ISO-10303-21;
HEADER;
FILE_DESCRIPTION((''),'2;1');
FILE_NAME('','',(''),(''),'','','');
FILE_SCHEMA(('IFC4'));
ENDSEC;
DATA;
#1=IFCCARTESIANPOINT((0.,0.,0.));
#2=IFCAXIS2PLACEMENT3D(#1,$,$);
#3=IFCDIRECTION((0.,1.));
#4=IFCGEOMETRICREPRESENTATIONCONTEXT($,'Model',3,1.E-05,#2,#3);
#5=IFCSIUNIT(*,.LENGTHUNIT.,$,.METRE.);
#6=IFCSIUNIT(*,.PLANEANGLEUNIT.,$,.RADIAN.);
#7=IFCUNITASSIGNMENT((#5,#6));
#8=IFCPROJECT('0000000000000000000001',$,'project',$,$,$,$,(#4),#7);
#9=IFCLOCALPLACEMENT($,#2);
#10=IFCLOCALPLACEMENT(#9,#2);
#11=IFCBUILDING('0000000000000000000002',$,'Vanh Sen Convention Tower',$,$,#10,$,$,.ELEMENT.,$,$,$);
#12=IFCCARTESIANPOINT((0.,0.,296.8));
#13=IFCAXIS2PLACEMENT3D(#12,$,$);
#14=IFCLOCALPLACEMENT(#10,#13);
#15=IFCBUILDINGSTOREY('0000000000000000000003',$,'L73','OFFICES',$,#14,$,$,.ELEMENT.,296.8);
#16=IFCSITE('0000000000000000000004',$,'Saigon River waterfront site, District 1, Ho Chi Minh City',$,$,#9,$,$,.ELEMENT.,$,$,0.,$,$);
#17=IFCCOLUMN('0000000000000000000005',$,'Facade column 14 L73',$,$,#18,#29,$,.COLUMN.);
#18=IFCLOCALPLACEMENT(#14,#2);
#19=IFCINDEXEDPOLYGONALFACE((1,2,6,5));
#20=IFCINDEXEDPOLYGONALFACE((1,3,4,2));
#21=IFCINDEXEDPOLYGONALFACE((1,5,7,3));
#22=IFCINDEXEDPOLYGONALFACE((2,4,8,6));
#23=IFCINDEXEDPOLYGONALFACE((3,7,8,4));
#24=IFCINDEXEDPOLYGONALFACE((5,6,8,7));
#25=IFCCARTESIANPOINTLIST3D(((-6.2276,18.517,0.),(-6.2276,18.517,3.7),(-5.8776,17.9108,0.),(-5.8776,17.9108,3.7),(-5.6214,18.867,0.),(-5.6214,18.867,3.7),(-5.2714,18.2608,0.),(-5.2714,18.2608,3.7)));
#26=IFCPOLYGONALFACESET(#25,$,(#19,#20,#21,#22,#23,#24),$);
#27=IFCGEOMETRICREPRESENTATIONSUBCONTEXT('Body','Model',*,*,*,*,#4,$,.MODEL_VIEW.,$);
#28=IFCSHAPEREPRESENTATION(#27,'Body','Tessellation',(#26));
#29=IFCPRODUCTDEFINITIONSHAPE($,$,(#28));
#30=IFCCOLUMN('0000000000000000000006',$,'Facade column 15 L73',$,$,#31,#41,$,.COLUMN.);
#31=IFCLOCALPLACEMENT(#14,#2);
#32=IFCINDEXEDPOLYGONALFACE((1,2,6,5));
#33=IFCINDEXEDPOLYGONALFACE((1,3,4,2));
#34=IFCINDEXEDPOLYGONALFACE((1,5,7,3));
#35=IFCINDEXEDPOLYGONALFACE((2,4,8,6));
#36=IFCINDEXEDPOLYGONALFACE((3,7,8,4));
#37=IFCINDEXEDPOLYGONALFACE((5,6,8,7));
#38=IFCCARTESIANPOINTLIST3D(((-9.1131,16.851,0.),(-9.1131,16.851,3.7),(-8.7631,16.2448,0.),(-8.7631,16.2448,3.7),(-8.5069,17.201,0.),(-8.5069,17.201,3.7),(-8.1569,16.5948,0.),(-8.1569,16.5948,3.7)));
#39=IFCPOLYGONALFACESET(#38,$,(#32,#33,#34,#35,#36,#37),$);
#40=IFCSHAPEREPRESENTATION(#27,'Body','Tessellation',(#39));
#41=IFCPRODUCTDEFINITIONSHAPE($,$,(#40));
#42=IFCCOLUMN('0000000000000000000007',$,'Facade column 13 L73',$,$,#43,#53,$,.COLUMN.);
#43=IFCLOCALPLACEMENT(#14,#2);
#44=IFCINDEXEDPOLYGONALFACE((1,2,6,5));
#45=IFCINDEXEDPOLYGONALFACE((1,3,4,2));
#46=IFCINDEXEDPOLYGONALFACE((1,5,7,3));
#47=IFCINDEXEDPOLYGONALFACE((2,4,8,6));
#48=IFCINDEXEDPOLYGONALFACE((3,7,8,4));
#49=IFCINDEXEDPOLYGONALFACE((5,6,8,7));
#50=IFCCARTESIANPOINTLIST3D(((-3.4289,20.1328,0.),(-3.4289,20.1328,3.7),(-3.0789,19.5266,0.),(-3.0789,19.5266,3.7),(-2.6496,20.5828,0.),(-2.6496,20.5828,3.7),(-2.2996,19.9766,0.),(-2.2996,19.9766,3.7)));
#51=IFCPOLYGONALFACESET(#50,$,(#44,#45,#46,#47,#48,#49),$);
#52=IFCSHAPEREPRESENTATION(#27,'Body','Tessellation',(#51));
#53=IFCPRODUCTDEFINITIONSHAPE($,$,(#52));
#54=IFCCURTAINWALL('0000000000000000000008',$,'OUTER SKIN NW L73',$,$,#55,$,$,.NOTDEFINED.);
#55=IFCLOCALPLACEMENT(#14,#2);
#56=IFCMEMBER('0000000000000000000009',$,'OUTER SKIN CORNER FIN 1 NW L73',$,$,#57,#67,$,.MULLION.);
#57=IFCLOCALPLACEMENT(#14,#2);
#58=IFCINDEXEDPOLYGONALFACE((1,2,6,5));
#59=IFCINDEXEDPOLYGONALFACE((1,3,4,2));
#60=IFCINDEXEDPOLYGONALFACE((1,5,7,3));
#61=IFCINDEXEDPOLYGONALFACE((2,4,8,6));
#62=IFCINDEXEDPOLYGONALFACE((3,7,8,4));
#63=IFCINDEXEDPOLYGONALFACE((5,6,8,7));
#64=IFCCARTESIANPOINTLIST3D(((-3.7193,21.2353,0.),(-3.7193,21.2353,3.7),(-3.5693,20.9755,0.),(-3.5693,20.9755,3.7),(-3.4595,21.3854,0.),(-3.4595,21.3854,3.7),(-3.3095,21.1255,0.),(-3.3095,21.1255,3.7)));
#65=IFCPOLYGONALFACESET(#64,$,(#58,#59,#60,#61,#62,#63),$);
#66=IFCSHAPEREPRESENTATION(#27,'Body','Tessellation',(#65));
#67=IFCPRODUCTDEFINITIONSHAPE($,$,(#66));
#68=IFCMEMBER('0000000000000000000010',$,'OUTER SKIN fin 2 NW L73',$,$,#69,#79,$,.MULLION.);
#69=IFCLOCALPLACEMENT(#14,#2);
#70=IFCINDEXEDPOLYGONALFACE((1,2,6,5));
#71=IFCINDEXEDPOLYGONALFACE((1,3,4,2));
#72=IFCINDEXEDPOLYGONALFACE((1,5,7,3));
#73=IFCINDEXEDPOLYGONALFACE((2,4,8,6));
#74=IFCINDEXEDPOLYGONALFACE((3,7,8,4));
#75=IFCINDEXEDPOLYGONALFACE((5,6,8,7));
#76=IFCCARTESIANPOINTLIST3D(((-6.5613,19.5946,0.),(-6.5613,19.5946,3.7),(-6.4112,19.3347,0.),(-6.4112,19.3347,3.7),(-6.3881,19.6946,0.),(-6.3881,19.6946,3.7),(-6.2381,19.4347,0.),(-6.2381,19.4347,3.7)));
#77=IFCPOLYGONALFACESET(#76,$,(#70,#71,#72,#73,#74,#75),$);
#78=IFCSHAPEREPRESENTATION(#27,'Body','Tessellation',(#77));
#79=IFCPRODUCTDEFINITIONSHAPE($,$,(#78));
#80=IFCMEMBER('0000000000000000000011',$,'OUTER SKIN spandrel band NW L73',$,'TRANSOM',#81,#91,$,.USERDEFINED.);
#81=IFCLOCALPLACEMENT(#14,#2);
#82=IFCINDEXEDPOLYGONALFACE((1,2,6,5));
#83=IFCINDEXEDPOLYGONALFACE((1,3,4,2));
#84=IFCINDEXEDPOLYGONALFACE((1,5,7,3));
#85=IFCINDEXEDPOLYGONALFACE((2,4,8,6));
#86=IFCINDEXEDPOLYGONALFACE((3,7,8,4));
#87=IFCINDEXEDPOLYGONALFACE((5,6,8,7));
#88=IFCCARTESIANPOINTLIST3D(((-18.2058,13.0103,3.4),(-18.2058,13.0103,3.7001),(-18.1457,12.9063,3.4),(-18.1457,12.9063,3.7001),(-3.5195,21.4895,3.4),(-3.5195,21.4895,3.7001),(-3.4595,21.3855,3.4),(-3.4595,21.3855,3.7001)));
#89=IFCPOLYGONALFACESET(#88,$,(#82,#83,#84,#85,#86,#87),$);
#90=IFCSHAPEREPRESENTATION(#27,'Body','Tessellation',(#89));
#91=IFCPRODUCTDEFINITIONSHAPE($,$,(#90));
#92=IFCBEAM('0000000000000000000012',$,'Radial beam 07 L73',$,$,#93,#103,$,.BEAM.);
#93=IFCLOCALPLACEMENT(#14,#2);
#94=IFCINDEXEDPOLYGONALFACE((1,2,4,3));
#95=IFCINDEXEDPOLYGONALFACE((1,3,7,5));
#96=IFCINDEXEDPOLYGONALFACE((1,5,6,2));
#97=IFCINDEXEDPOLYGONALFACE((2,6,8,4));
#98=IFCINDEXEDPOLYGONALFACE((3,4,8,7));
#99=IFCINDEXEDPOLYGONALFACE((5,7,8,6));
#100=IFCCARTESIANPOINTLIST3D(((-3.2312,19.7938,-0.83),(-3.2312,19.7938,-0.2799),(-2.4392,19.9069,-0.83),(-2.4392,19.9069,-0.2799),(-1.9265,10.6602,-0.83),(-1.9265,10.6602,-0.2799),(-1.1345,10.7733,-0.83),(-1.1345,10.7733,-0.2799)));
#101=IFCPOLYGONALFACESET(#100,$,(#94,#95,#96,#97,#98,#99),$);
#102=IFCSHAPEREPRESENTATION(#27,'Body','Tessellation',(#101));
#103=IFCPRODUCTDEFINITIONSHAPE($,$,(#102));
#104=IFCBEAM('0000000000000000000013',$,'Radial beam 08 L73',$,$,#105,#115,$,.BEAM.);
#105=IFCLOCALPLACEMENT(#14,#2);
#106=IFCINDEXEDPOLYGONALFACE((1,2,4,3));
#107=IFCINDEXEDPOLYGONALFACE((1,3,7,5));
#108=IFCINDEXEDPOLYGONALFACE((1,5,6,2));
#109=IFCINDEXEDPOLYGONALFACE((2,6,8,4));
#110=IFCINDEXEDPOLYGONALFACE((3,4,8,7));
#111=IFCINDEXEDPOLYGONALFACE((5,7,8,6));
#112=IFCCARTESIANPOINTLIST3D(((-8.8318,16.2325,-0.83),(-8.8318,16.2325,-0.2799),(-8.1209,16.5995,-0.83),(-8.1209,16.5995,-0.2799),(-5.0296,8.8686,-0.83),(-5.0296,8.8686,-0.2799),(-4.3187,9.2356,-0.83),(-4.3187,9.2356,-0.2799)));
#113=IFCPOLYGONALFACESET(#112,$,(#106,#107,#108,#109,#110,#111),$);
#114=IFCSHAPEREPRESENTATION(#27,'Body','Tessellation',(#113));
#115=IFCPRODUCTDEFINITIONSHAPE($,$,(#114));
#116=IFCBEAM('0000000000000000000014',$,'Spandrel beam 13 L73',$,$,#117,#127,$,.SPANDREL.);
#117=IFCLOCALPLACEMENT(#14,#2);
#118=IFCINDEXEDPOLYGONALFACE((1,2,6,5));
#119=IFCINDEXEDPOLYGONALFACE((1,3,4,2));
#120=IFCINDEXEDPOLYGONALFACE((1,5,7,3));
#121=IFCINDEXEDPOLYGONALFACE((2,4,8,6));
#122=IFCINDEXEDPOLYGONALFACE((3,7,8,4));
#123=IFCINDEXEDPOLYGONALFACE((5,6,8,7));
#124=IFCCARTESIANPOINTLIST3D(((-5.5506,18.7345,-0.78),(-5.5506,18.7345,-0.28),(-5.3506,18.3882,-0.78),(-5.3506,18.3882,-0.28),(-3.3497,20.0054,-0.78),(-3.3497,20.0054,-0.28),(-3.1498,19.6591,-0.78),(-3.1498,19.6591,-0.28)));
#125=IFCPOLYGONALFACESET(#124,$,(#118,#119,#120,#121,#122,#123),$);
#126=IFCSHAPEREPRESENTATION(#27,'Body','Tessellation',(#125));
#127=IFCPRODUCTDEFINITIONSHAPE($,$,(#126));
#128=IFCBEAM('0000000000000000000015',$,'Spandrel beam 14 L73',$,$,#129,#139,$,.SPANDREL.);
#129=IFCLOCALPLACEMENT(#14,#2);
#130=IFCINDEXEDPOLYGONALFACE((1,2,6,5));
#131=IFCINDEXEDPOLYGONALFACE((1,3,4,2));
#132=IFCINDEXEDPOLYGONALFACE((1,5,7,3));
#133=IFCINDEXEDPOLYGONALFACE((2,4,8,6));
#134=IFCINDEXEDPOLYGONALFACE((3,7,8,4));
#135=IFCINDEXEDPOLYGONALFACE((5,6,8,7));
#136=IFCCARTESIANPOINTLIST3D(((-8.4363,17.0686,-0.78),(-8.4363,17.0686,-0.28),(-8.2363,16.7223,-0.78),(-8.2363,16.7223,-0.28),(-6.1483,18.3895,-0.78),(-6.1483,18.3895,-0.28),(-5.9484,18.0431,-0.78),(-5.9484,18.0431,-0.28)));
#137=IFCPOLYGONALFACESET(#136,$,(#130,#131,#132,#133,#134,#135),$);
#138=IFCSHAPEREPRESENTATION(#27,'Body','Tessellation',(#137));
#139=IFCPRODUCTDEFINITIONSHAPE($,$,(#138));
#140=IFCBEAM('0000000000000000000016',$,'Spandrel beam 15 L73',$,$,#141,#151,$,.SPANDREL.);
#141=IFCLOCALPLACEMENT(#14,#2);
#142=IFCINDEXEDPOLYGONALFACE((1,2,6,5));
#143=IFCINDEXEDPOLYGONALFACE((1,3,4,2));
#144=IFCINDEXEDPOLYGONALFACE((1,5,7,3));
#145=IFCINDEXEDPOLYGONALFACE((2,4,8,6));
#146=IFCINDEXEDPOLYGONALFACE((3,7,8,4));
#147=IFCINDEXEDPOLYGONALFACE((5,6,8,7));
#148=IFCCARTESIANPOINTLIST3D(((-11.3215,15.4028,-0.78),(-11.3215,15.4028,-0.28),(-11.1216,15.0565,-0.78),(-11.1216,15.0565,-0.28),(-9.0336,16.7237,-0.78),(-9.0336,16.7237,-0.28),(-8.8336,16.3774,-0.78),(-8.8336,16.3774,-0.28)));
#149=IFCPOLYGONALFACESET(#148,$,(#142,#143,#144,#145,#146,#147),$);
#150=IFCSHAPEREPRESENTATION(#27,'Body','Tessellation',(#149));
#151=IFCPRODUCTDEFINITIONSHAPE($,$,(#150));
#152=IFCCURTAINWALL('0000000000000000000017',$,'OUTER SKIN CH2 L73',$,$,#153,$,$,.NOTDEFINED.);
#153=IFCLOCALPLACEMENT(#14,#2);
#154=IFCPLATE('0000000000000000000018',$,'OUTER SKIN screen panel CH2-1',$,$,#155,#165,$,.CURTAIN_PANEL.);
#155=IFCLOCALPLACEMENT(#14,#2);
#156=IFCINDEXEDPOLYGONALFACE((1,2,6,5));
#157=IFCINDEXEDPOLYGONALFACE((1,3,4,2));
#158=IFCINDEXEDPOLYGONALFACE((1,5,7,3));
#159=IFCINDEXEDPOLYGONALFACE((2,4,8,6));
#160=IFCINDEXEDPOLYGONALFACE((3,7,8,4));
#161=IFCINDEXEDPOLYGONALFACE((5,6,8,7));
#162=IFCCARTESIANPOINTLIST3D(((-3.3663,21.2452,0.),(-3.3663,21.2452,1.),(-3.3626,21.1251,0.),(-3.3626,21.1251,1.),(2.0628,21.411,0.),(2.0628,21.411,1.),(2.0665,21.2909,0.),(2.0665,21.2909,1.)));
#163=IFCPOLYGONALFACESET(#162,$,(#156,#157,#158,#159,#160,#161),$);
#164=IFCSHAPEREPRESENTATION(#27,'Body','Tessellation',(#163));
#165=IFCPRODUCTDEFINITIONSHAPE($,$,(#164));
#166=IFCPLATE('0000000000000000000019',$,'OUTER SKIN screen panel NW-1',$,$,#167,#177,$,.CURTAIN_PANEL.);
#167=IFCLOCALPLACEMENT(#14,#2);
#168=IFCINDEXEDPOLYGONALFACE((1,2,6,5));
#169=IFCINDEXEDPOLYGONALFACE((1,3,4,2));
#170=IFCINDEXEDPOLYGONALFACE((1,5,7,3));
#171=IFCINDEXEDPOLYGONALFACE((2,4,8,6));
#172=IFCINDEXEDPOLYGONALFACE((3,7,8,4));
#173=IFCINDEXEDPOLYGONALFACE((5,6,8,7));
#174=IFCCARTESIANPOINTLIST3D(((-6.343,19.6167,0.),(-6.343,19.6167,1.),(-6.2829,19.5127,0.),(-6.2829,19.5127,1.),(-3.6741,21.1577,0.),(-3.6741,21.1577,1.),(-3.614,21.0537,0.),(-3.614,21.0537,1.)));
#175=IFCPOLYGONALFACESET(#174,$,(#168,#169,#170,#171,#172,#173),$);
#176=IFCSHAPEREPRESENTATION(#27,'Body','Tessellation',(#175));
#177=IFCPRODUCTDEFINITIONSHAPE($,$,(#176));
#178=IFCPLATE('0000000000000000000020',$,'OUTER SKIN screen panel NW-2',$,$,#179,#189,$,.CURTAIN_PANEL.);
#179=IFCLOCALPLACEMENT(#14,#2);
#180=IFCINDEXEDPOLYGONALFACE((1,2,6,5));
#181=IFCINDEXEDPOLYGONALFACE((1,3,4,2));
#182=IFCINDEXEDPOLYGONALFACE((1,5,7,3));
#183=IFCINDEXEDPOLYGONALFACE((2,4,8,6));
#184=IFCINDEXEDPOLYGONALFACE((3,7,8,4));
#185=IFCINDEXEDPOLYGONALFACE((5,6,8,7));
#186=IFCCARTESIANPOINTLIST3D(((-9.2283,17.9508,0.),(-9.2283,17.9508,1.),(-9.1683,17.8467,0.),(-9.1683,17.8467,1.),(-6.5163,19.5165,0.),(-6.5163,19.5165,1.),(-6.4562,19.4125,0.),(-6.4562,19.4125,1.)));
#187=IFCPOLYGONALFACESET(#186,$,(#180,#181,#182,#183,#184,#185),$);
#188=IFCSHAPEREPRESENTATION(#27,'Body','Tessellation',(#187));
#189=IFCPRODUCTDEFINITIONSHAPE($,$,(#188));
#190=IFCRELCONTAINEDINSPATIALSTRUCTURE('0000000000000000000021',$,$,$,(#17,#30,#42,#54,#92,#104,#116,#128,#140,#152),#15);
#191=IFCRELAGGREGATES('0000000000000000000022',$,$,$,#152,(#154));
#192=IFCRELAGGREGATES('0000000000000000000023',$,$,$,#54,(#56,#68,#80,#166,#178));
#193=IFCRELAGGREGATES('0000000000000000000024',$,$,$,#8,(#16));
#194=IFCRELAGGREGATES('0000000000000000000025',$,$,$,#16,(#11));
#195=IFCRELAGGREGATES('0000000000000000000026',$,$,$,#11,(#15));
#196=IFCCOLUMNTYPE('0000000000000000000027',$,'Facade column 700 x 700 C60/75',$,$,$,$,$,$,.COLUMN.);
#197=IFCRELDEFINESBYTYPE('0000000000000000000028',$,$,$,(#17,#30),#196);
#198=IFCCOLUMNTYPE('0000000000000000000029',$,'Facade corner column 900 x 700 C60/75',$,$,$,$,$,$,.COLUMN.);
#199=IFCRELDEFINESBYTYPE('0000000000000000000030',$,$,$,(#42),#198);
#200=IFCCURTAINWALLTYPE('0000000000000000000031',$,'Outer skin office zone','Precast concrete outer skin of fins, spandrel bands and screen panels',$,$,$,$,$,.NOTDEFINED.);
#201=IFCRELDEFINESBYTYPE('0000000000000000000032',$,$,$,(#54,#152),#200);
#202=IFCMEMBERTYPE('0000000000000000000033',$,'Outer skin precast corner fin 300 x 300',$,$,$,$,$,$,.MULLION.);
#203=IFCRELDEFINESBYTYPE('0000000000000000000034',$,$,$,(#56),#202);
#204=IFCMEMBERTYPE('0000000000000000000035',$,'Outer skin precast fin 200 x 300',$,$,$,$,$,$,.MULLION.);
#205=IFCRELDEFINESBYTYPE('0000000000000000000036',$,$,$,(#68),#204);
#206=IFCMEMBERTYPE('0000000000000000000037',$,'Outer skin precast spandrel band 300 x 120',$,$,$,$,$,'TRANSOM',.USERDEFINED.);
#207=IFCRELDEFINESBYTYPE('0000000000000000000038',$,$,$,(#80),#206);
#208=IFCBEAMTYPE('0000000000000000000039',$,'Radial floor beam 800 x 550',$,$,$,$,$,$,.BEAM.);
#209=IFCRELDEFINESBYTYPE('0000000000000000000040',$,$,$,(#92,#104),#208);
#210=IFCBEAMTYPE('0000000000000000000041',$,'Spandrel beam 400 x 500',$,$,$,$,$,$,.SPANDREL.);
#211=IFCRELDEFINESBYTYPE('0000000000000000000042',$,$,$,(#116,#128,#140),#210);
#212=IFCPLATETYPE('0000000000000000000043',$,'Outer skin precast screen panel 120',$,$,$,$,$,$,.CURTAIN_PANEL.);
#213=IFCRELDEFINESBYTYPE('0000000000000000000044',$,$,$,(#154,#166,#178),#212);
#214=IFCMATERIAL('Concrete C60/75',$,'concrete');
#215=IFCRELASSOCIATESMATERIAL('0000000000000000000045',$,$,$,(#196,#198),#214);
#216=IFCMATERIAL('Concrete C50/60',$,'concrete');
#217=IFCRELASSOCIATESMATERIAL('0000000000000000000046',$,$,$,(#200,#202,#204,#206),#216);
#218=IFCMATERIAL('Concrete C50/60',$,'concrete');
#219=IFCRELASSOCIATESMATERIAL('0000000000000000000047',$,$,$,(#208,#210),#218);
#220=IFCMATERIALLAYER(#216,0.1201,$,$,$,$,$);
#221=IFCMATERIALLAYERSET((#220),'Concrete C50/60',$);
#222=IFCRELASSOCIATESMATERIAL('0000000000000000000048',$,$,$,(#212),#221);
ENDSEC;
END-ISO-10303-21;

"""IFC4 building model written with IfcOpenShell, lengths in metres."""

from ifc_helpers import new_model, si_unit, direction, frame, origin, origin_2d, place, context, subcontext, project, spatial, rectangle, extrude, material, layer, layer_set, material_profile, profile_set, type_object, element, aggregate, save


model = new_model("IFC4")

# Units and contexts
model_context = context("Model", 3, precision=1e-05, world=origin(), true_north=direction((0.0, 1.0)))
body_context = subcontext(model_context, "Body", "Model", "MODEL_VIEW")
ifc_project = project(units=[si_unit("LENGTHUNIT", "METRE"), si_unit("PLANEANGLEUNIT", "RADIAN")], contexts=[model_context])

# Site, building, storey
site_placement = place(None, origin())
site = spatial("IfcSite", under=ifc_project, at=site_placement, Name="Saigon River waterfront site, District 1, Ho Chi Minh City", CompositionType="ELEMENT", RefElevation=0.0)
building_placement = place(site_placement, origin())
building = spatial("IfcBuilding", under=site, at=building_placement, Name="Vanh Sen Convention Tower", CompositionType="ELEMENT")
storey_placement = place(building_placement, frame((0.0, 0.0, 296.8)))
storey = spatial("IfcBuildingStorey", under=building, at=storey_placement, Name="L73", Description="OFFICES", CompositionType="ELEMENT", Elevation=296.8)

# Columns
ifc_material_1 = material(Name="Concrete C60/75", Category="concrete")
ifc_material_profile_1 = material_profile(ifc_material_1, rectangle(XDim=0.7, YDim=0.7, at=origin_2d()), Name="RC 700X700")
ifc_profile_set_1 = profile_set([ifc_material_profile_1], Name="Concrete C60/75")
column_type_1 = type_object("IfcColumnType", Name="Facade column 700 x 700 C60/75", PredefinedType="COLUMN", material=ifc_profile_set_1)
for number, where, z_axis, x_axis, name in (
    (1, (-5.7495, 18.3889, 0.0), (0.0, 0.0, 1.0), (-0.866025, -0.5, 0.0), "Facade column 14 L73"),
    (2, (-8.635, 16.7229, 0.0), (0.0, 0.0, 1.0), (-0.866025, -0.5, 0.0), "Facade column 15 L73"),
):
    element("IfcColumn", number, at=place(storey_placement, frame(where, z_axis=z_axis, x_axis=x_axis)), inside=storey, type_object=column_type_1, Name=name, PredefinedType="COLUMN", context=body_context, shape_type="SweptSolid", body=[
        extrude(rectangle(XDim=0.7, YDim=0.7, at=origin_2d()), origin(), (0.0, 0.0, 1.0), 3.7),
    ])
ifc_material_profile_2 = material_profile(ifc_material_1, rectangle(XDim=0.8999, YDim=0.7, at=origin_2d()), Name="RC 900X700")
ifc_profile_set_2 = profile_set([ifc_material_profile_2], Name="Concrete C60/75")
column_type_2 = type_object("IfcColumnType", Name="Facade corner column 900 x 700 C60/75", PredefinedType="COLUMN", material=ifc_profile_set_2)
column_placement = place(storey_placement, frame((-2.8643, 20.0547, 0.0), z_axis=(0.0, 0.0, 1.0), x_axis=(-0.866025, -0.5, 0.0)))
element("IfcColumn", 3, at=column_placement, inside=storey, type_object=column_type_2, Name="Facade column 13 L73", PredefinedType="COLUMN", context=body_context, shape_type="SweptSolid", body=[
    extrude(rectangle(XDim=0.8999, YDim=0.7, at=origin_2d()), origin(), (0.0, 0.0, 1.0), 3.7),
])

# Curtain wall, members
ifc_material_2 = material(Name="Concrete C50/60", Category="concrete")
curtain_wall_type = type_object("IfcCurtainWallType", Name="Outer skin office zone", Description="Precast concrete outer skin of fins, spandrel bands and screen panels", PredefinedType="NOTDEFINED", material=ifc_material_2)
curtain_wall_1_placement = place(storey_placement, origin())
curtain_wall_1 = element("IfcCurtainWall", 4, at=curtain_wall_1_placement, inside=storey, type_object=curtain_wall_type, Name="OUTER SKIN NW L73", PredefinedType="NOTDEFINED")
ifc_material_profile_3 = material_profile(ifc_material_2, rectangle(XDim=0.3, YDim=0.3, at=origin_2d()), Name="Outer skin precast corner fin 300 x 300")
ifc_profile_set_3 = profile_set([ifc_material_profile_3], Name="Concrete C50/60")
member_type_1 = type_object("IfcMemberType", Name="Outer skin precast corner fin 300 x 300", PredefinedType="MULLION", material=ifc_profile_set_3)
member_1_placement = place(storey_placement, frame((-3.5144, 21.1804, 0.0), z_axis=(0.0, 0.0, 1.0), x_axis=(-0.866025, -0.5, 0.0)))
member_1 = element("IfcMember", 5, at=member_1_placement, type_object=member_type_1, Name="OUTER SKIN CORNER FIN 1 NW L73", PredefinedType="MULLION", context=body_context, shape_type="SweptSolid", body=[
    extrude(rectangle(XDim=0.3, YDim=0.3, at=origin_2d()), origin(), (0.0, 0.0, 1.0), 3.7),
])
ifc_material_profile_4 = material_profile(ifc_material_2, rectangle(XDim=0.2, YDim=0.3, at=origin_2d()), Name="Outer skin precast fin 200 x 300")
ifc_profile_set_4 = profile_set([ifc_material_profile_4], Name="Concrete C50/60")
member_type_2 = type_object("IfcMemberType", Name="Outer skin precast fin 200 x 300", PredefinedType="MULLION", material=ifc_profile_set_4)
member_2_placement = place(storey_placement, frame((-6.3997, 19.5146, 0.0), z_axis=(0.0, 0.0, 1.0), x_axis=(-0.866025, -0.5, 0.0)))
member_2 = element("IfcMember", 6, at=member_2_placement, type_object=member_type_2, Name="OUTER SKIN fin 2 NW L73", PredefinedType="MULLION", context=body_context, shape_type="SweptSolid", body=[
    extrude(rectangle(XDim=0.2, YDim=0.3, at=origin_2d()), origin(), (0.0, 0.0, 1.0), 3.7),
])
ifc_material_profile_5 = material_profile(ifc_material_2, rectangle(XDim=0.1201, YDim=0.3, at=origin_2d()), Name="Outer skin precast spandrel band 300 x 120")
ifc_profile_set_5 = profile_set([ifc_material_profile_5], Name="Concrete C50/60")
member_type_3 = type_object("IfcMemberType", Name="Outer skin precast spandrel band 300 x 120", ElementType="TRANSOM", PredefinedType="USERDEFINED", material=ifc_profile_set_5)
member_3_placement = place(storey_placement, frame((-3.4895, 21.4375, 3.55), z_axis=(-0.866022, -0.500005, 0.0), x_axis=(0.500005, -0.866022, 0.0)))
member_3 = element("IfcMember", 7, at=member_3_placement, type_object=member_type_3, Name="OUTER SKIN spandrel band NW L73", ObjectType="TRANSOM", PredefinedType="USERDEFINED", context=body_context, shape_type="SweptSolid", body=[
    extrude(rectangle(XDim=0.1201, YDim=0.3, at=origin_2d()), origin(), (0.0, 0.0, 1.0), 16.9583),
])

# Beams
ifc_material_3 = material(Name="Concrete C50/60", Category="concrete")
ifc_material_profile_6 = material_profile(ifc_material_3, rectangle(XDim=0.8, YDim=0.55, at=origin_2d()), Name="RC 800X550")
ifc_profile_set_6 = profile_set([ifc_material_profile_6], Name="Concrete C50/60")
beam_type_1 = type_object("IfcBeamType", Name="Radial floor beam 800 x 550", PredefinedType="BEAM", material=ifc_profile_set_6)
beam_1_placement = place(storey_placement, frame((-2.8352, 19.8503, -0.5549), z_axis=(0.14141, -0.989951, 0.0), x_axis=(0.989951, 0.14141, 0.0)))
element("IfcBeam", 8, at=beam_1_placement, inside=storey, type_object=beam_type_1, Name="Radial beam 07 L73", PredefinedType="BEAM", context=body_context, shape_type="SweptSolid", body=[
    extrude(rectangle(XDim=0.8, YDim=0.55, at=origin_2d()), origin(), (0.0, 0.0, 1.0), 9.2263),
])
beam_2_placement = place(storey_placement, frame((-8.4763, 16.416, -0.5549), z_axis=(0.458782, -0.888549, 0.0), x_axis=(0.888549, 0.458782, 0.0)))
element("IfcBeam", 9, at=beam_2_placement, inside=storey, type_object=beam_type_1, Name="Radial beam 08 L73", PredefinedType="BEAM", context=body_context, shape_type="SweptSolid", body=[
    extrude(rectangle(XDim=0.8, YDim=0.55, at=origin_2d()), origin(), (0.0, 0.0, 1.0), 8.2876),
])
ifc_material_profile_7 = material_profile(ifc_material_3, rectangle(XDim=0.3999, YDim=0.5, at=origin_2d()), Name="RC 400X500")
ifc_profile_set_7 = profile_set([ifc_material_profile_7], Name="Concrete C50/60")
beam_type_2 = type_object("IfcBeamType", Name="Spandrel beam 400 x 500", PredefinedType="SPANDREL", material=ifc_profile_set_7)
beam_3_placement = place(storey_placement, frame((-3.2498, 19.8323, -0.53), z_axis=(-0.865976, -0.500086, 0.0), x_axis=(0.500086, -0.865976, 0.0)))
element("IfcBeam", 10, at=beam_3_placement, inside=storey, type_object=beam_type_2, Name="Spandrel beam 13 L73", PredefinedType="SPANDREL", context=body_context, shape_type="SweptSolid", body=[
    extrude(rectangle(XDim=0.3999, YDim=0.5, at=origin_2d()), origin(), (0.0, 0.0, 1.0), 2.5415),
])
for number, where, z_axis, x_axis, name in (
    (11, (-6.0483, 18.2163, -0.53), (-0.866039, -0.499976, 0.0), (0.499976, -0.866039, 0.0), "Spandrel beam 14 L73"),
    (12, (-8.9336, 16.5505, -0.53), (-0.866039, -0.499976, 0.0), (0.499976, -0.866039, 0.0), "Spandrel beam 15 L73"),
):
    element("IfcBeam", number, at=place(storey_placement, frame(where, z_axis=z_axis, x_axis=x_axis)), inside=storey, type_object=beam_type_2, Name=name, PredefinedType="SPANDREL", context=body_context, shape_type="SweptSolid", body=[
        extrude(rectangle(XDim=0.3999, YDim=0.5, at=origin_2d()), origin(), (0.0, 0.0, 1.0), 2.6418),
    ])

# Curtain wall, plate
curtain_wall_2_placement = place(storey_placement, origin())
curtain_wall_2 = element("IfcCurtainWall", 13, at=curtain_wall_2_placement, inside=storey, type_object=curtain_wall_type, Name="OUTER SKIN CH2 L73", PredefinedType="NOTDEFINED")
ifc_layer_1 = layer(ifc_material_2, 0.1201)
ifc_layer_set_1 = layer_set([ifc_layer_1], Name="Concrete C50/60")
plate_type = type_object("IfcPlateType", Name="Outer skin precast screen panel 120", PredefinedType="CURTAIN_PANEL", material=ifc_layer_set_1)
plate_1_placement = place(storey_placement, frame((-0.6499, 21.2681, 0.0), z_axis=(0.0, 0.0, 1.0), x_axis=(-0.999534, -0.030528, 0.0)))
plate_1 = element("IfcPlate", 14, at=plate_1_placement, type_object=plate_type, Name="OUTER SKIN screen panel CH2-1", PredefinedType="CURTAIN_PANEL", context=body_context, shape_type="SweptSolid", body=[
    extrude(rectangle(XDim=5.4316, YDim=0.1201, at=origin_2d()), origin(), (0.0, 0.0, 1.0), 1.0),
])
aggregate(curtain_wall_2, [plate_1])

# Plates
plate_2_placement = place(storey_placement, frame((-4.9785, 20.3352, 0.0), z_axis=(0.0, 0.0, 1.0), x_axis=(-0.866016, -0.500017, 0.0)))
plate_2 = element("IfcPlate", 15, at=plate_2_placement, type_object=plate_type, Name="OUTER SKIN screen panel NW-1", PredefinedType="CURTAIN_PANEL", context=body_context, shape_type="SweptSolid", body=[
    extrude(rectangle(XDim=3.0818, YDim=0.1201, at=origin_2d()), origin(), (0.0, 0.0, 1.0), 1.0),
])
plate_3_placement = place(storey_placement, frame((-7.8423, 18.6816, 0.0), z_axis=(0.0, 0.0, 1.0), x_axis=(-0.866029, -0.499994, 0.0)))
plate_3 = element("IfcPlate", 16, at=plate_3_placement, type_object=plate_type, Name="OUTER SKIN screen panel NW-2", PredefinedType="CURTAIN_PANEL", context=body_context, shape_type="SweptSolid", body=[
    extrude(rectangle(XDim=3.1316, YDim=0.1201, at=origin_2d()), origin(), (0.0, 0.0, 1.0), 1.0),
])
aggregate(curtain_wall_1, [member_1, member_2, member_3, plate_2, plate_3])

save(model, "model.ifc")
